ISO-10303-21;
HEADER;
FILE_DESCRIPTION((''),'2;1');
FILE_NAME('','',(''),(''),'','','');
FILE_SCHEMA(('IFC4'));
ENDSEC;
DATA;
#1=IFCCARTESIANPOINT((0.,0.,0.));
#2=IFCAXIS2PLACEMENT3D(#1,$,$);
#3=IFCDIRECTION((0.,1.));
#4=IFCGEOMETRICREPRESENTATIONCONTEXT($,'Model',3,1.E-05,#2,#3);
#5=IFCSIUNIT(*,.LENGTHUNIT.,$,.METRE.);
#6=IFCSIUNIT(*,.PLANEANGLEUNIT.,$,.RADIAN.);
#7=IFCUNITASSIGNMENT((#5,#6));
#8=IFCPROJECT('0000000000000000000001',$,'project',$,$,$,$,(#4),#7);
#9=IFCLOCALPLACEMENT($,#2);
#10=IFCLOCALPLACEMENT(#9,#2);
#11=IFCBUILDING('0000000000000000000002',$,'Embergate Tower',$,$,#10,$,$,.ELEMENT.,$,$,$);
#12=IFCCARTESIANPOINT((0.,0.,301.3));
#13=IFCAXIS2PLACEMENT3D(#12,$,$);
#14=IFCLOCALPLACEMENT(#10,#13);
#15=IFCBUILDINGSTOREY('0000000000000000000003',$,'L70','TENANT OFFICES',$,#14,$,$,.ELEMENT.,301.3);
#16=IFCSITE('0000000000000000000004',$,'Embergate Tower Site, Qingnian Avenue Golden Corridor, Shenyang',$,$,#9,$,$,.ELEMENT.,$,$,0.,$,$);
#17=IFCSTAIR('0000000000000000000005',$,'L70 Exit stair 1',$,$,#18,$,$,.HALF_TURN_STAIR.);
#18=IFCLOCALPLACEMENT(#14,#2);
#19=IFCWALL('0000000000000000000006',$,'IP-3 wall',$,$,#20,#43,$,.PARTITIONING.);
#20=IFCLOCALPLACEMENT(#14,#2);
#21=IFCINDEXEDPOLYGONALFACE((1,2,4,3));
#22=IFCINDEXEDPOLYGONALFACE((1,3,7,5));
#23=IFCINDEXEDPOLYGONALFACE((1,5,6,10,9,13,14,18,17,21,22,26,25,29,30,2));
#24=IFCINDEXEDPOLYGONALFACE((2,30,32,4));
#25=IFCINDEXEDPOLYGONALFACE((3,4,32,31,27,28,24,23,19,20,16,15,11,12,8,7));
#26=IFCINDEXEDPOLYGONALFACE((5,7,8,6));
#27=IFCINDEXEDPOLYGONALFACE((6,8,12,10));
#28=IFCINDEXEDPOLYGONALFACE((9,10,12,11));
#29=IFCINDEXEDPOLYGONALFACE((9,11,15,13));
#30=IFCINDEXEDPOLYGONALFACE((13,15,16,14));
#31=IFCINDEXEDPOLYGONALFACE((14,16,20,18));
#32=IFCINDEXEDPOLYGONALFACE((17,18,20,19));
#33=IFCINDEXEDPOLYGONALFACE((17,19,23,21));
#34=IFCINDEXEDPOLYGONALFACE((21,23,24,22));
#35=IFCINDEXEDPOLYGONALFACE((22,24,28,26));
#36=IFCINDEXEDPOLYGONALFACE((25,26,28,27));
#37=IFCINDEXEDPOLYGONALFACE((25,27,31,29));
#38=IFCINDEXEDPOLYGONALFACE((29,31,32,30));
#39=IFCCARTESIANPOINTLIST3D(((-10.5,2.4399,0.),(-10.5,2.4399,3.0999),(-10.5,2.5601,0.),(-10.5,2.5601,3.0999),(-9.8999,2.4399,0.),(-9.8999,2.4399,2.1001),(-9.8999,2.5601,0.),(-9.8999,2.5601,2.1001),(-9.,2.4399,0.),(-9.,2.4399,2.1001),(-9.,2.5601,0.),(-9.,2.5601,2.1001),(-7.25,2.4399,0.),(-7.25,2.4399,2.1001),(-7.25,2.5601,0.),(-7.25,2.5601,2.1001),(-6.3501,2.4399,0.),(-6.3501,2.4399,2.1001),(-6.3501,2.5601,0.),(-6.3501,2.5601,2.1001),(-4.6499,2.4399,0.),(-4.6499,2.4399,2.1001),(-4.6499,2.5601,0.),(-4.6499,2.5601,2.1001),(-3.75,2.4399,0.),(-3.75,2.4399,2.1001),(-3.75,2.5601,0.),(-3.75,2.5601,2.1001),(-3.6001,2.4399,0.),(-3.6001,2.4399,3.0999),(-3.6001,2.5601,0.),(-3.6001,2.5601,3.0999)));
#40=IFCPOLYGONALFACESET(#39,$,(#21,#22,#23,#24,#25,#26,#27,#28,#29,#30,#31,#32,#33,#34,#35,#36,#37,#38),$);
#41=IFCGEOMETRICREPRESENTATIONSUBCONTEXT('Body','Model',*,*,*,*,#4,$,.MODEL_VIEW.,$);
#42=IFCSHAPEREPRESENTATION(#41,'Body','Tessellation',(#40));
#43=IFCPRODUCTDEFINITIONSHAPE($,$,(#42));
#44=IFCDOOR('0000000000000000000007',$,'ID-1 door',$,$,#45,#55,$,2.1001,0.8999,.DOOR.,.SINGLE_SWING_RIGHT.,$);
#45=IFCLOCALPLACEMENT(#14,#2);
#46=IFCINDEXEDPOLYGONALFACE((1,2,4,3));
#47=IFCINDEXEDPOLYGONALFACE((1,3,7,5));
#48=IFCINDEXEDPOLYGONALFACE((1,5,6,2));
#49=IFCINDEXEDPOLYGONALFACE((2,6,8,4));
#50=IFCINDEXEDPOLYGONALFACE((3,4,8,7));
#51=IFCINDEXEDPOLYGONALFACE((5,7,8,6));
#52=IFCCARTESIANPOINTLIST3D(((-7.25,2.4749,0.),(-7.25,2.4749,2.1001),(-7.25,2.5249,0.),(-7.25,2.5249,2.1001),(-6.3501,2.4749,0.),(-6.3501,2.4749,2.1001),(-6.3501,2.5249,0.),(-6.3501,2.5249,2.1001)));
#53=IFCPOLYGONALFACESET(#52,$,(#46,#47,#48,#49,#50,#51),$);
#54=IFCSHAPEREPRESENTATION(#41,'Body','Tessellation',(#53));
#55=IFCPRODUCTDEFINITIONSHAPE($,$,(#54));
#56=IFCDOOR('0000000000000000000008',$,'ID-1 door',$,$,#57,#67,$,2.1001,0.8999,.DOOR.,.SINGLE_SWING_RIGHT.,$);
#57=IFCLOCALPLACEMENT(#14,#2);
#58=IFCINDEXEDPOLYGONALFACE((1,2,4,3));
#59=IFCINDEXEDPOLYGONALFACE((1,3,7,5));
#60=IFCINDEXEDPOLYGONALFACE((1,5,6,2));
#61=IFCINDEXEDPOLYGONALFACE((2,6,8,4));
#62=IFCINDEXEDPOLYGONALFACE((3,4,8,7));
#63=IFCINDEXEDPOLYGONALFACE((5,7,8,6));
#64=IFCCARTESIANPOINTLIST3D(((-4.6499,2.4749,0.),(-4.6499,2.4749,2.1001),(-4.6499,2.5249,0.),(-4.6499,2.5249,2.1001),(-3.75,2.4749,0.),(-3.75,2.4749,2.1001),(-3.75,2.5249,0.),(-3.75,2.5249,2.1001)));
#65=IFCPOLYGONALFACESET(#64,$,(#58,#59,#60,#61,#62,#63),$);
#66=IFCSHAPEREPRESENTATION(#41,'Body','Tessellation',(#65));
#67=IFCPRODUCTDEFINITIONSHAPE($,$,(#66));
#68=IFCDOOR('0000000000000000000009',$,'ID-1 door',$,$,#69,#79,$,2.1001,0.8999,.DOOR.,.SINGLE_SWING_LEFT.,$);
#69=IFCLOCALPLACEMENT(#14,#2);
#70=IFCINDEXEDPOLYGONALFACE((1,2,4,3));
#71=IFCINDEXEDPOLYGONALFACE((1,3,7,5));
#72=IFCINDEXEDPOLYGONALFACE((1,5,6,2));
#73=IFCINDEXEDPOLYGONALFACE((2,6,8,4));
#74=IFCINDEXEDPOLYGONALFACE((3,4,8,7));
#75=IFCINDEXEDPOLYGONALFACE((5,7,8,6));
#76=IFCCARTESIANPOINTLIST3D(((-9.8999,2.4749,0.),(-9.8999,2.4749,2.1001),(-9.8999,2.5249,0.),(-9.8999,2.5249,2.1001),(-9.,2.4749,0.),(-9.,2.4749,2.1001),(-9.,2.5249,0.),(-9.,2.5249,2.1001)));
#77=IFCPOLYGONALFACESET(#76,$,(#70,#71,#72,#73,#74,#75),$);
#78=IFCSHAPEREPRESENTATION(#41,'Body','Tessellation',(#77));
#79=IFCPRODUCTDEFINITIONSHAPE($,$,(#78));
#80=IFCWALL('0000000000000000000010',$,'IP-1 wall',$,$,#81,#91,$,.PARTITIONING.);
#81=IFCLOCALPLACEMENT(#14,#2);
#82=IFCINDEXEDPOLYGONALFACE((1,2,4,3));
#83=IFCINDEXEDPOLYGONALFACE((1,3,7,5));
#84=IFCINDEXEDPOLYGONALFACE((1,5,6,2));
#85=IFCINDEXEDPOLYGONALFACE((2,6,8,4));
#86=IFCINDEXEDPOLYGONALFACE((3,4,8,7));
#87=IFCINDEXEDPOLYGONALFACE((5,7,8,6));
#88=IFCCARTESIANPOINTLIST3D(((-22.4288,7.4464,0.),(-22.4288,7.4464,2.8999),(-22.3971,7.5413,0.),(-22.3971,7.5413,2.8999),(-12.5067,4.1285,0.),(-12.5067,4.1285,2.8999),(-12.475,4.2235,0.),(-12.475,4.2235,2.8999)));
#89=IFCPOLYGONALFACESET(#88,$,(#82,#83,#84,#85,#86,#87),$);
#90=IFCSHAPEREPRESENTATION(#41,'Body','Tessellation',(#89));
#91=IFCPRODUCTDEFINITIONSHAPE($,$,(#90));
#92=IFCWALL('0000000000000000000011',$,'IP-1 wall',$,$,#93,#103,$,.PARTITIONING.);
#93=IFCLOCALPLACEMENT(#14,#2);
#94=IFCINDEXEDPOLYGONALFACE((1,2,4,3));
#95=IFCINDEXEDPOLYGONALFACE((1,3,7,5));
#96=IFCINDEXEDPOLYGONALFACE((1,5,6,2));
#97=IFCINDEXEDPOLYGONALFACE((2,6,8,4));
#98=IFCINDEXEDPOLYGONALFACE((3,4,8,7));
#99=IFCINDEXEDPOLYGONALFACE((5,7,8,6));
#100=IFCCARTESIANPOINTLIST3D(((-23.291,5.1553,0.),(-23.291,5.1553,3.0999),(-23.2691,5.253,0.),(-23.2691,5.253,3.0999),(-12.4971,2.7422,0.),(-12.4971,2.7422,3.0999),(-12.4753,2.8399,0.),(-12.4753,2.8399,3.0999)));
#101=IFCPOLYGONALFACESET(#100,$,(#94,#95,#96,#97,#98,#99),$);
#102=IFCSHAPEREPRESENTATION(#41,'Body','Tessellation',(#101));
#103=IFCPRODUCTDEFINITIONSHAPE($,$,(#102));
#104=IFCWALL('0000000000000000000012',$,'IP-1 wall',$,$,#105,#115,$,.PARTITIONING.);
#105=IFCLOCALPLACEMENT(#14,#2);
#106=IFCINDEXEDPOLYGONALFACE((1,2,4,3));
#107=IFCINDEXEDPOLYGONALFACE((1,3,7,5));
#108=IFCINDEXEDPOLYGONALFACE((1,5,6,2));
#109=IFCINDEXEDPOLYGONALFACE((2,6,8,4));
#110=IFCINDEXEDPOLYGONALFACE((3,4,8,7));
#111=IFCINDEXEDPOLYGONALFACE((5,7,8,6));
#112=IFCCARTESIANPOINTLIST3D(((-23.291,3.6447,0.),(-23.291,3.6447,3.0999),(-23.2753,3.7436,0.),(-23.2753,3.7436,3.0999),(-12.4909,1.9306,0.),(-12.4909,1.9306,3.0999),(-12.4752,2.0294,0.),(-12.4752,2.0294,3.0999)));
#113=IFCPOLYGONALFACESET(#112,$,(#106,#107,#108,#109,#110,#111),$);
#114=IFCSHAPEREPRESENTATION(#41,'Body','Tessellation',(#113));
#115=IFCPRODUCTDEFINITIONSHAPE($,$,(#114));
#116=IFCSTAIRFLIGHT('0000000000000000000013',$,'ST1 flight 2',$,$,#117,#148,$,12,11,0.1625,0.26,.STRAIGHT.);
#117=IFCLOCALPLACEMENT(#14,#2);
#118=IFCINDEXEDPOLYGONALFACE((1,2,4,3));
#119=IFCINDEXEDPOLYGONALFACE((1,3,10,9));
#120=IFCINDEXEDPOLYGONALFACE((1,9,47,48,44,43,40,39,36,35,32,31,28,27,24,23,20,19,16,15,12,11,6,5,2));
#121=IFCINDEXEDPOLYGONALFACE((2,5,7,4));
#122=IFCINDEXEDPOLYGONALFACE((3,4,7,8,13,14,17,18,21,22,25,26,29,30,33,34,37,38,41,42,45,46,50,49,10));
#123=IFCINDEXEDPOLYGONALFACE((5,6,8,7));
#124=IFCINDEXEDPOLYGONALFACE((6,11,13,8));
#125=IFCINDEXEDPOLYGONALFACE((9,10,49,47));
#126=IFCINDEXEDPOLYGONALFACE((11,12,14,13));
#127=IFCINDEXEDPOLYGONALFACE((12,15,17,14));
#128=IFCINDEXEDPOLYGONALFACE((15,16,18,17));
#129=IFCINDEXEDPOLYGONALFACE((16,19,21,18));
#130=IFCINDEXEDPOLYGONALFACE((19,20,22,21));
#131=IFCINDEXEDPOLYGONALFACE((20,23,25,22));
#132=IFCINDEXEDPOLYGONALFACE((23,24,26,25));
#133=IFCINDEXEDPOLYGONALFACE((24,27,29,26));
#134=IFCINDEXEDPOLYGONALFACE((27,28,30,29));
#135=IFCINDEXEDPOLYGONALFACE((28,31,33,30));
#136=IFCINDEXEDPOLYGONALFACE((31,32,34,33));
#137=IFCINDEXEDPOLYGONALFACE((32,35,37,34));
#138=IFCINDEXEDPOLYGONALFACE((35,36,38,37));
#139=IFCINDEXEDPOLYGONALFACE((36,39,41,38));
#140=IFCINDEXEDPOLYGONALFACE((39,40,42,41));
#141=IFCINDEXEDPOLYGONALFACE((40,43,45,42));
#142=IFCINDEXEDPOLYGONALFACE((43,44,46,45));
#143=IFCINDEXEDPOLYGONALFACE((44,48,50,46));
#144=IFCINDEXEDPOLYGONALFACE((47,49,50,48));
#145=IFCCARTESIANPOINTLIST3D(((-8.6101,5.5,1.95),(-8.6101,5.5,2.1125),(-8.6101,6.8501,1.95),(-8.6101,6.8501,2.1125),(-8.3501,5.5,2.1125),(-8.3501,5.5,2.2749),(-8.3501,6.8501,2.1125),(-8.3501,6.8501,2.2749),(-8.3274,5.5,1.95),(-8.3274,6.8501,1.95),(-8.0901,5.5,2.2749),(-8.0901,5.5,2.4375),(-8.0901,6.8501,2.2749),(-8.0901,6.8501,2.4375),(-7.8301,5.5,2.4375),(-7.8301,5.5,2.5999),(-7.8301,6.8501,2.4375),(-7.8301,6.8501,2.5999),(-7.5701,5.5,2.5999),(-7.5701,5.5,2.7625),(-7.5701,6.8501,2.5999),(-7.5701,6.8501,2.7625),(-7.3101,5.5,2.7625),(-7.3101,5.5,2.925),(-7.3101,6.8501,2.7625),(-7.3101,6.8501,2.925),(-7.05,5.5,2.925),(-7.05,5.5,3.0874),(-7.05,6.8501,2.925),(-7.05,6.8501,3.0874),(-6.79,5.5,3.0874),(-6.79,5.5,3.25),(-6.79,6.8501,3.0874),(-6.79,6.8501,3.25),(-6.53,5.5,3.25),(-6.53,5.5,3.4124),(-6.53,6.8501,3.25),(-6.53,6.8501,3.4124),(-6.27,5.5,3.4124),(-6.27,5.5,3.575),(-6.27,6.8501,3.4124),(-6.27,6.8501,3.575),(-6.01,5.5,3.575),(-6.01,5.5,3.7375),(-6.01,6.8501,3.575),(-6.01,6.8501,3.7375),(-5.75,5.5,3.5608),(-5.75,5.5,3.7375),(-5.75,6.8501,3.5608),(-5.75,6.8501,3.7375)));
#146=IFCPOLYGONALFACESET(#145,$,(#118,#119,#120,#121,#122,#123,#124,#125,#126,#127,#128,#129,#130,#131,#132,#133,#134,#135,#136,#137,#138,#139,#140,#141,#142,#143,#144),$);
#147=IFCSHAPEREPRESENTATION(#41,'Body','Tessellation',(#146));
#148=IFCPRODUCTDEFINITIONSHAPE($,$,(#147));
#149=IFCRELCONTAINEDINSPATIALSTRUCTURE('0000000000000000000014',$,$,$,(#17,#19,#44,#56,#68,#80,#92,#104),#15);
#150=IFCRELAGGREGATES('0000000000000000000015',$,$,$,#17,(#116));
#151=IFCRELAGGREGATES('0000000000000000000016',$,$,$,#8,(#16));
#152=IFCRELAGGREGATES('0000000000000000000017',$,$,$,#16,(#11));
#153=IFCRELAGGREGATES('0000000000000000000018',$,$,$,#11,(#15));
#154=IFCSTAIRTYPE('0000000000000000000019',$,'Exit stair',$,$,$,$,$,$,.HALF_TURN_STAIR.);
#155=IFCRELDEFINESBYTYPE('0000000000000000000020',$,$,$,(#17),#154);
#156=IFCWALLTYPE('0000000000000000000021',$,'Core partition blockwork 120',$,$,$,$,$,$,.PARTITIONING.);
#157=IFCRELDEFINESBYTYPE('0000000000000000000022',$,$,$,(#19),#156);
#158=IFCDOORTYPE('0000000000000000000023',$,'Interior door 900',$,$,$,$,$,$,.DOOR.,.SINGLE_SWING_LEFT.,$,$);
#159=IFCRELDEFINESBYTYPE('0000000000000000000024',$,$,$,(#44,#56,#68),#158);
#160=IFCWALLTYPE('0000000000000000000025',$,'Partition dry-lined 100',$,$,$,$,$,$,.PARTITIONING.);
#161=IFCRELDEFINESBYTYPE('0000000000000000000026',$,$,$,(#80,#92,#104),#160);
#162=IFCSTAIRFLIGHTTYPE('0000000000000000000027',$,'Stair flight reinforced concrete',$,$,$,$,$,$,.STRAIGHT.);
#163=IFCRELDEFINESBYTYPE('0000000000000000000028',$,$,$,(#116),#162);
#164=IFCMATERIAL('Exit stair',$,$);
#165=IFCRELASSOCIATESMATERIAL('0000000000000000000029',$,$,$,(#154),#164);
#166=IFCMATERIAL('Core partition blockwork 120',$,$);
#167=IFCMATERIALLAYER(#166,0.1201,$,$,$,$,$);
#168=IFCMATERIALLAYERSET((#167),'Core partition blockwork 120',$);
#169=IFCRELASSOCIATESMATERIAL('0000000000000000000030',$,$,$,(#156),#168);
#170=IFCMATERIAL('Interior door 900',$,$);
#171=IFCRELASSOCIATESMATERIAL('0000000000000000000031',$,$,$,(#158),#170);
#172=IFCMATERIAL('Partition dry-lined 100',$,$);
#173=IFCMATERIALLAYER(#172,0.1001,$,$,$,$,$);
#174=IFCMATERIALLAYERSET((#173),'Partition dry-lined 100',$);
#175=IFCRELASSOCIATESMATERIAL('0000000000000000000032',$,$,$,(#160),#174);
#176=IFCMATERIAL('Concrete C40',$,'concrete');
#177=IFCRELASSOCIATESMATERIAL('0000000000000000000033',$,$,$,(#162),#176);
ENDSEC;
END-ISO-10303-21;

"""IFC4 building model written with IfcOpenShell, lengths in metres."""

from ifc_helpers import new_model, si_unit, direction, frame, frame_2d, origin, place, context, subcontext, project, spatial, polyline, rectangle, outline, extrude, source, transform, mapped, material, layer, layer_set, type_object, element, fill, aggregate, save


model = new_model("IFC4")

# Units and contexts
model_context = context("Model", 3, precision=1e-05, world=origin(), true_north=direction((0.0, 1.0)))
body_context = subcontext(model_context, "Body", "Model", "MODEL_VIEW")
ifc_project = project(units=[si_unit("LENGTHUNIT", "METRE"), si_unit("PLANEANGLEUNIT", "RADIAN")], contexts=[model_context])

# Site, building, storey
site_placement = place(None, origin())
site = spatial("IfcSite", under=ifc_project, at=site_placement, Name="Embergate Tower Site, Qingnian Avenue Golden Corridor, Shenyang", CompositionType="ELEMENT", RefElevation=0.0)
building_placement = place(site_placement, origin())
building = spatial("IfcBuilding", under=site, at=building_placement, Name="Embergate Tower", CompositionType="ELEMENT")
storey_placement = place(building_placement, frame((0.0, 0.0, 301.3)))
storey = spatial("IfcBuildingStorey", under=building, at=storey_placement, Name="L70", Description="TENANT OFFICES", CompositionType="ELEMENT", Elevation=301.3)

# Stair
ifc_material_1 = material(Name="Exit stair")
stair_type = type_object("IfcStairType", Name="Exit stair", PredefinedType="HALF_TURN_STAIR", material=ifc_material_1)
stair_placement = place(storey_placement, origin())
stair = element("IfcStair", 1, at=stair_placement, inside=storey, type_object=stair_type, Name="L70 Exit stair 1", PredefinedType="HALF_TURN_STAIR")
ifc_material_2 = material(Name="Concrete C40", Category="concrete")

# Shared definitions
ifc_material_3 = material(Name="Core partition blockwork 120")
ifc_layer_1 = layer(ifc_material_3, 0.1201)
ifc_layer_set_1 = layer_set([ifc_layer_1], Name="Core partition blockwork 120")
wall_type_1 = type_object("IfcWallType", Name="Core partition blockwork 120", PredefinedType="PARTITIONING", material=ifc_layer_set_1)

# Wall, openings, doors
shared_shape_1 = source(origin(), body_context, "Body", "SweptSolid", [
    extrude(rectangle(XDim=6.8999, YDim=0.1201, at=frame_2d((3.45, 0.0))), origin(), (0.0, 0.0, 1.0), 3.0999),
])
wall_1_placement = place(storey_placement, frame((-10.5, 2.5, 0.0), z_axis=(0.0, 0.0, 1.0), x_axis=(1.0, 0.0, 0.0)))
wall_1 = element("IfcWall", 2, at=wall_1_placement, inside=storey, type_object=wall_type_1, Name="IP-3 wall", PredefinedType="PARTITIONING", context=body_context, shape_type="MappedRepresentation", body=[
    mapped(shared_shape_1, transform((0.0, 0.0, 0.0))),
])
shared_shape_2 = source(origin(), body_context, "Body", "SweptSolid", [
    extrude(rectangle(XDim=0.8999, YDim=2.1001, at=frame_2d((0.45, 1.05))), frame((0.0, 0.0701, 0.0), z_axis=(0.0, -1.0, 0.0), x_axis=(1.0, 0.0, 0.0)), (0.0, 0.0, 1.0), 0.1401),
])
opening_1_placement = place(wall_1_placement, frame((3.25, 0.0, 0.0)))
opening_1 = element("IfcOpeningElement", 3, at=opening_1_placement, cuts=wall_1, PredefinedType="OPENING", context=body_context, shape_type="MappedRepresentation", body=[
    mapped(shared_shape_2, transform((0.0, 0.0, 0.0))),
])
opening_2_placement = place(wall_1_placement, frame((5.8501, 0.0, 0.0)))
opening_2 = element("IfcOpeningElement", 4, at=opening_2_placement, cuts=wall_1, PredefinedType="OPENING", context=body_context, shape_type="MappedRepresentation", body=[
    mapped(shared_shape_2, transform((0.0, 0.0, 0.0))),
])
opening_3_placement = place(wall_1_placement, frame((0.6001, 0.0, 0.0)))
opening_3 = element("IfcOpeningElement", 5, at=opening_3_placement, cuts=wall_1, PredefinedType="OPENING", context=body_context, shape_type="MappedRepresentation", body=[
    mapped(shared_shape_2, transform((0.0, 0.0, 0.0))),
])
ifc_material_4 = material(Name="Interior door 900")
door_type_1 = type_object("IfcDoorType", Name="Interior door 900", OperationType="SINGLE_SWING_LEFT", PredefinedType="DOOR", material=ifc_material_4)
shared_shape_3 = source(origin(), body_context, "Body", "SweptSolid", [
    extrude(rectangle(XDim=0.8999, YDim=2.1001, at=frame_2d((0.45, 1.05))), frame((0.0, 0.0249, 0.0), z_axis=(0.0, -1.0, 0.0), x_axis=(1.0, 0.0, 0.0)), (0.0, 0.0, 1.0), 0.05),
])
door_1_placement = place(opening_1_placement, origin())
door_1 = element("IfcDoor", 6, at=door_1_placement, inside=storey, type_object=door_type_1, Name="ID-1 door", OperationType="SINGLE_SWING_RIGHT", OverallHeight=2.1001, OverallWidth=0.8999, PredefinedType="DOOR", context=body_context, shape_type="MappedRepresentation", body=[
    mapped(shared_shape_3, transform((0.0, 0.0, 0.0))),
])
fill(opening_1, door_1)
door_2_placement = place(opening_2_placement, origin())
door_2 = element("IfcDoor", 7, at=door_2_placement, inside=storey, type_object=door_type_1, Name="ID-1 door", OperationType="SINGLE_SWING_RIGHT", OverallHeight=2.1001, OverallWidth=0.8999, PredefinedType="DOOR", context=body_context, shape_type="MappedRepresentation", body=[
    mapped(shared_shape_3, transform((0.0, 0.0, 0.0))),
])
fill(opening_2, door_2)
door_3_placement = place(opening_3_placement, origin())
door_3 = element("IfcDoor", 8, at=door_3_placement, inside=storey, type_object=door_type_1, Name="ID-1 door", OperationType="SINGLE_SWING_LEFT", OverallHeight=2.1001, OverallWidth=0.8999, PredefinedType="DOOR", context=body_context, shape_type="MappedRepresentation", body=[
    mapped(shared_shape_3, transform((0.0, 0.0, 0.0))),
])
fill(opening_3, door_3)

# Walls
ifc_material_5 = material(Name="Partition dry-lined 100")
ifc_layer_2 = layer(ifc_material_5, 0.1001)
ifc_layer_set_2 = layer_set([ifc_layer_2], Name="Partition dry-lined 100")
wall_type_2 = type_object("IfcWallType", Name="Partition dry-lined 100", PredefinedType="PARTITIONING", material=ifc_layer_set_2)
shared_shape_4 = source(origin(), body_context, "Body", "SweptSolid", [
    extrude(rectangle(XDim=10.4622, YDim=0.1001, at=frame_2d((5.231, 0.0))), origin(), (0.0, 0.0, 1.0), 2.8999),
])
wall_2_placement = place(storey_placement, frame((-12.491, 4.176, 0.0), z_axis=(0.0, 0.0, 1.0), x_axis=(-0.948382, 0.317131, 0.0)))
element("IfcWall", 9, at=wall_2_placement, inside=storey, type_object=wall_type_2, Name="IP-1 wall", PredefinedType="PARTITIONING", context=body_context, shape_type="MappedRepresentation", body=[
    mapped(shared_shape_4, transform((0.0, 0.0, 0.0))),
])
shared_shape_5 = source(origin(), body_context, "Body", "SweptSolid", [
    extrude(rectangle(XDim=11.0603, YDim=0.1001, at=frame_2d((5.5303, 0.0))), origin(), (0.0, 0.0, 1.0), 3.0999),
])
wall_3_placement = place(storey_placement, frame((-12.4861, 2.791, 0.0), z_axis=(0.0, 0.0, 1.0), x_axis=(-0.97591, 0.218174, 0.0)))
element("IfcWall", 10, at=wall_3_placement, inside=storey, type_object=wall_type_2, Name="IP-1 wall", PredefinedType="PARTITIONING", context=body_context, shape_type="MappedRepresentation", body=[
    mapped(shared_shape_5, transform((0.0, 0.0, 0.0))),
])
shared_shape_6 = source(origin(), body_context, "Body", "SweptSolid", [
    extrude(rectangle(XDim=10.9353, YDim=0.1001, at=frame_2d((5.4678, 0.0))), origin(), (0.0, 0.0, 1.0), 3.0999),
])
wall_4_placement = place(storey_placement, frame((-12.4829, 1.98, 0.0), z_axis=(0.0, 0.0, 1.0), x_axis=(-0.987638, 0.156751, 0.0)))
element("IfcWall", 11, at=wall_4_placement, inside=storey, type_object=wall_type_2, Name="IP-1 wall", PredefinedType="PARTITIONING", context=body_context, shape_type="MappedRepresentation", body=[
    mapped(shared_shape_6, transform((0.0, 0.0, 0.0))),
])

# Stair flight
stair_flight_type = type_object("IfcStairFlightType", Name="Stair flight reinforced concrete", PredefinedType="STRAIGHT", material=ifc_material_2)
shared_shape_7 = source(origin(), body_context, "Body", "SweptSolid", [
    extrude(outline(polyline([(0.0, 0.0), (0.0, 0.1626), (0.26, 0.1626), (0.26, 0.325), (0.52, 0.325), (0.52, 0.4875), (0.78, 0.4875), (0.78, 0.6499), (1.04, 0.6499), (1.04, 0.8125), (1.3, 0.8125), (1.3, 0.9751), (1.5601, 0.9751), (1.5601, 1.1375), (1.8201, 1.1375), (1.8201, 1.3), (2.0801, 1.3), (2.0801, 1.4624), (2.3401, 1.4624), (2.3401, 1.625), (2.6001, 1.625), (2.6001, 1.7876), (2.8601, 1.7876), (2.8601, 1.95), (2.8601, 1.6108), (0.2827, 0.0), (0.0, 0.0)])), frame((0.0, 0.675, 0.0), z_axis=(0.0, -1.0, 0.0), x_axis=(1.0, 0.0, 0.0)), (0.0, 0.0, 1.0), 1.3501),
])
stair_flight_placement = place(storey_placement, frame((-8.6101, 6.175, 1.95), z_axis=(0.0, 0.0, 1.0), x_axis=(1.0, 0.0, 0.0)))
stair_flight = element("IfcStairFlight", 12, at=stair_flight_placement, type_object=stair_flight_type, Name="ST1 flight 2", NumberOfRisers=12, NumberOfTreads=11, PredefinedType="STRAIGHT", RiserHeight=0.1625, TreadLength=0.26, context=body_context, shape_type="MappedRepresentation", body=[
    mapped(shared_shape_7, transform((0.0, 0.0, 0.0))),
])
aggregate(stair, [stair_flight])

save(model, "model.ifc")
